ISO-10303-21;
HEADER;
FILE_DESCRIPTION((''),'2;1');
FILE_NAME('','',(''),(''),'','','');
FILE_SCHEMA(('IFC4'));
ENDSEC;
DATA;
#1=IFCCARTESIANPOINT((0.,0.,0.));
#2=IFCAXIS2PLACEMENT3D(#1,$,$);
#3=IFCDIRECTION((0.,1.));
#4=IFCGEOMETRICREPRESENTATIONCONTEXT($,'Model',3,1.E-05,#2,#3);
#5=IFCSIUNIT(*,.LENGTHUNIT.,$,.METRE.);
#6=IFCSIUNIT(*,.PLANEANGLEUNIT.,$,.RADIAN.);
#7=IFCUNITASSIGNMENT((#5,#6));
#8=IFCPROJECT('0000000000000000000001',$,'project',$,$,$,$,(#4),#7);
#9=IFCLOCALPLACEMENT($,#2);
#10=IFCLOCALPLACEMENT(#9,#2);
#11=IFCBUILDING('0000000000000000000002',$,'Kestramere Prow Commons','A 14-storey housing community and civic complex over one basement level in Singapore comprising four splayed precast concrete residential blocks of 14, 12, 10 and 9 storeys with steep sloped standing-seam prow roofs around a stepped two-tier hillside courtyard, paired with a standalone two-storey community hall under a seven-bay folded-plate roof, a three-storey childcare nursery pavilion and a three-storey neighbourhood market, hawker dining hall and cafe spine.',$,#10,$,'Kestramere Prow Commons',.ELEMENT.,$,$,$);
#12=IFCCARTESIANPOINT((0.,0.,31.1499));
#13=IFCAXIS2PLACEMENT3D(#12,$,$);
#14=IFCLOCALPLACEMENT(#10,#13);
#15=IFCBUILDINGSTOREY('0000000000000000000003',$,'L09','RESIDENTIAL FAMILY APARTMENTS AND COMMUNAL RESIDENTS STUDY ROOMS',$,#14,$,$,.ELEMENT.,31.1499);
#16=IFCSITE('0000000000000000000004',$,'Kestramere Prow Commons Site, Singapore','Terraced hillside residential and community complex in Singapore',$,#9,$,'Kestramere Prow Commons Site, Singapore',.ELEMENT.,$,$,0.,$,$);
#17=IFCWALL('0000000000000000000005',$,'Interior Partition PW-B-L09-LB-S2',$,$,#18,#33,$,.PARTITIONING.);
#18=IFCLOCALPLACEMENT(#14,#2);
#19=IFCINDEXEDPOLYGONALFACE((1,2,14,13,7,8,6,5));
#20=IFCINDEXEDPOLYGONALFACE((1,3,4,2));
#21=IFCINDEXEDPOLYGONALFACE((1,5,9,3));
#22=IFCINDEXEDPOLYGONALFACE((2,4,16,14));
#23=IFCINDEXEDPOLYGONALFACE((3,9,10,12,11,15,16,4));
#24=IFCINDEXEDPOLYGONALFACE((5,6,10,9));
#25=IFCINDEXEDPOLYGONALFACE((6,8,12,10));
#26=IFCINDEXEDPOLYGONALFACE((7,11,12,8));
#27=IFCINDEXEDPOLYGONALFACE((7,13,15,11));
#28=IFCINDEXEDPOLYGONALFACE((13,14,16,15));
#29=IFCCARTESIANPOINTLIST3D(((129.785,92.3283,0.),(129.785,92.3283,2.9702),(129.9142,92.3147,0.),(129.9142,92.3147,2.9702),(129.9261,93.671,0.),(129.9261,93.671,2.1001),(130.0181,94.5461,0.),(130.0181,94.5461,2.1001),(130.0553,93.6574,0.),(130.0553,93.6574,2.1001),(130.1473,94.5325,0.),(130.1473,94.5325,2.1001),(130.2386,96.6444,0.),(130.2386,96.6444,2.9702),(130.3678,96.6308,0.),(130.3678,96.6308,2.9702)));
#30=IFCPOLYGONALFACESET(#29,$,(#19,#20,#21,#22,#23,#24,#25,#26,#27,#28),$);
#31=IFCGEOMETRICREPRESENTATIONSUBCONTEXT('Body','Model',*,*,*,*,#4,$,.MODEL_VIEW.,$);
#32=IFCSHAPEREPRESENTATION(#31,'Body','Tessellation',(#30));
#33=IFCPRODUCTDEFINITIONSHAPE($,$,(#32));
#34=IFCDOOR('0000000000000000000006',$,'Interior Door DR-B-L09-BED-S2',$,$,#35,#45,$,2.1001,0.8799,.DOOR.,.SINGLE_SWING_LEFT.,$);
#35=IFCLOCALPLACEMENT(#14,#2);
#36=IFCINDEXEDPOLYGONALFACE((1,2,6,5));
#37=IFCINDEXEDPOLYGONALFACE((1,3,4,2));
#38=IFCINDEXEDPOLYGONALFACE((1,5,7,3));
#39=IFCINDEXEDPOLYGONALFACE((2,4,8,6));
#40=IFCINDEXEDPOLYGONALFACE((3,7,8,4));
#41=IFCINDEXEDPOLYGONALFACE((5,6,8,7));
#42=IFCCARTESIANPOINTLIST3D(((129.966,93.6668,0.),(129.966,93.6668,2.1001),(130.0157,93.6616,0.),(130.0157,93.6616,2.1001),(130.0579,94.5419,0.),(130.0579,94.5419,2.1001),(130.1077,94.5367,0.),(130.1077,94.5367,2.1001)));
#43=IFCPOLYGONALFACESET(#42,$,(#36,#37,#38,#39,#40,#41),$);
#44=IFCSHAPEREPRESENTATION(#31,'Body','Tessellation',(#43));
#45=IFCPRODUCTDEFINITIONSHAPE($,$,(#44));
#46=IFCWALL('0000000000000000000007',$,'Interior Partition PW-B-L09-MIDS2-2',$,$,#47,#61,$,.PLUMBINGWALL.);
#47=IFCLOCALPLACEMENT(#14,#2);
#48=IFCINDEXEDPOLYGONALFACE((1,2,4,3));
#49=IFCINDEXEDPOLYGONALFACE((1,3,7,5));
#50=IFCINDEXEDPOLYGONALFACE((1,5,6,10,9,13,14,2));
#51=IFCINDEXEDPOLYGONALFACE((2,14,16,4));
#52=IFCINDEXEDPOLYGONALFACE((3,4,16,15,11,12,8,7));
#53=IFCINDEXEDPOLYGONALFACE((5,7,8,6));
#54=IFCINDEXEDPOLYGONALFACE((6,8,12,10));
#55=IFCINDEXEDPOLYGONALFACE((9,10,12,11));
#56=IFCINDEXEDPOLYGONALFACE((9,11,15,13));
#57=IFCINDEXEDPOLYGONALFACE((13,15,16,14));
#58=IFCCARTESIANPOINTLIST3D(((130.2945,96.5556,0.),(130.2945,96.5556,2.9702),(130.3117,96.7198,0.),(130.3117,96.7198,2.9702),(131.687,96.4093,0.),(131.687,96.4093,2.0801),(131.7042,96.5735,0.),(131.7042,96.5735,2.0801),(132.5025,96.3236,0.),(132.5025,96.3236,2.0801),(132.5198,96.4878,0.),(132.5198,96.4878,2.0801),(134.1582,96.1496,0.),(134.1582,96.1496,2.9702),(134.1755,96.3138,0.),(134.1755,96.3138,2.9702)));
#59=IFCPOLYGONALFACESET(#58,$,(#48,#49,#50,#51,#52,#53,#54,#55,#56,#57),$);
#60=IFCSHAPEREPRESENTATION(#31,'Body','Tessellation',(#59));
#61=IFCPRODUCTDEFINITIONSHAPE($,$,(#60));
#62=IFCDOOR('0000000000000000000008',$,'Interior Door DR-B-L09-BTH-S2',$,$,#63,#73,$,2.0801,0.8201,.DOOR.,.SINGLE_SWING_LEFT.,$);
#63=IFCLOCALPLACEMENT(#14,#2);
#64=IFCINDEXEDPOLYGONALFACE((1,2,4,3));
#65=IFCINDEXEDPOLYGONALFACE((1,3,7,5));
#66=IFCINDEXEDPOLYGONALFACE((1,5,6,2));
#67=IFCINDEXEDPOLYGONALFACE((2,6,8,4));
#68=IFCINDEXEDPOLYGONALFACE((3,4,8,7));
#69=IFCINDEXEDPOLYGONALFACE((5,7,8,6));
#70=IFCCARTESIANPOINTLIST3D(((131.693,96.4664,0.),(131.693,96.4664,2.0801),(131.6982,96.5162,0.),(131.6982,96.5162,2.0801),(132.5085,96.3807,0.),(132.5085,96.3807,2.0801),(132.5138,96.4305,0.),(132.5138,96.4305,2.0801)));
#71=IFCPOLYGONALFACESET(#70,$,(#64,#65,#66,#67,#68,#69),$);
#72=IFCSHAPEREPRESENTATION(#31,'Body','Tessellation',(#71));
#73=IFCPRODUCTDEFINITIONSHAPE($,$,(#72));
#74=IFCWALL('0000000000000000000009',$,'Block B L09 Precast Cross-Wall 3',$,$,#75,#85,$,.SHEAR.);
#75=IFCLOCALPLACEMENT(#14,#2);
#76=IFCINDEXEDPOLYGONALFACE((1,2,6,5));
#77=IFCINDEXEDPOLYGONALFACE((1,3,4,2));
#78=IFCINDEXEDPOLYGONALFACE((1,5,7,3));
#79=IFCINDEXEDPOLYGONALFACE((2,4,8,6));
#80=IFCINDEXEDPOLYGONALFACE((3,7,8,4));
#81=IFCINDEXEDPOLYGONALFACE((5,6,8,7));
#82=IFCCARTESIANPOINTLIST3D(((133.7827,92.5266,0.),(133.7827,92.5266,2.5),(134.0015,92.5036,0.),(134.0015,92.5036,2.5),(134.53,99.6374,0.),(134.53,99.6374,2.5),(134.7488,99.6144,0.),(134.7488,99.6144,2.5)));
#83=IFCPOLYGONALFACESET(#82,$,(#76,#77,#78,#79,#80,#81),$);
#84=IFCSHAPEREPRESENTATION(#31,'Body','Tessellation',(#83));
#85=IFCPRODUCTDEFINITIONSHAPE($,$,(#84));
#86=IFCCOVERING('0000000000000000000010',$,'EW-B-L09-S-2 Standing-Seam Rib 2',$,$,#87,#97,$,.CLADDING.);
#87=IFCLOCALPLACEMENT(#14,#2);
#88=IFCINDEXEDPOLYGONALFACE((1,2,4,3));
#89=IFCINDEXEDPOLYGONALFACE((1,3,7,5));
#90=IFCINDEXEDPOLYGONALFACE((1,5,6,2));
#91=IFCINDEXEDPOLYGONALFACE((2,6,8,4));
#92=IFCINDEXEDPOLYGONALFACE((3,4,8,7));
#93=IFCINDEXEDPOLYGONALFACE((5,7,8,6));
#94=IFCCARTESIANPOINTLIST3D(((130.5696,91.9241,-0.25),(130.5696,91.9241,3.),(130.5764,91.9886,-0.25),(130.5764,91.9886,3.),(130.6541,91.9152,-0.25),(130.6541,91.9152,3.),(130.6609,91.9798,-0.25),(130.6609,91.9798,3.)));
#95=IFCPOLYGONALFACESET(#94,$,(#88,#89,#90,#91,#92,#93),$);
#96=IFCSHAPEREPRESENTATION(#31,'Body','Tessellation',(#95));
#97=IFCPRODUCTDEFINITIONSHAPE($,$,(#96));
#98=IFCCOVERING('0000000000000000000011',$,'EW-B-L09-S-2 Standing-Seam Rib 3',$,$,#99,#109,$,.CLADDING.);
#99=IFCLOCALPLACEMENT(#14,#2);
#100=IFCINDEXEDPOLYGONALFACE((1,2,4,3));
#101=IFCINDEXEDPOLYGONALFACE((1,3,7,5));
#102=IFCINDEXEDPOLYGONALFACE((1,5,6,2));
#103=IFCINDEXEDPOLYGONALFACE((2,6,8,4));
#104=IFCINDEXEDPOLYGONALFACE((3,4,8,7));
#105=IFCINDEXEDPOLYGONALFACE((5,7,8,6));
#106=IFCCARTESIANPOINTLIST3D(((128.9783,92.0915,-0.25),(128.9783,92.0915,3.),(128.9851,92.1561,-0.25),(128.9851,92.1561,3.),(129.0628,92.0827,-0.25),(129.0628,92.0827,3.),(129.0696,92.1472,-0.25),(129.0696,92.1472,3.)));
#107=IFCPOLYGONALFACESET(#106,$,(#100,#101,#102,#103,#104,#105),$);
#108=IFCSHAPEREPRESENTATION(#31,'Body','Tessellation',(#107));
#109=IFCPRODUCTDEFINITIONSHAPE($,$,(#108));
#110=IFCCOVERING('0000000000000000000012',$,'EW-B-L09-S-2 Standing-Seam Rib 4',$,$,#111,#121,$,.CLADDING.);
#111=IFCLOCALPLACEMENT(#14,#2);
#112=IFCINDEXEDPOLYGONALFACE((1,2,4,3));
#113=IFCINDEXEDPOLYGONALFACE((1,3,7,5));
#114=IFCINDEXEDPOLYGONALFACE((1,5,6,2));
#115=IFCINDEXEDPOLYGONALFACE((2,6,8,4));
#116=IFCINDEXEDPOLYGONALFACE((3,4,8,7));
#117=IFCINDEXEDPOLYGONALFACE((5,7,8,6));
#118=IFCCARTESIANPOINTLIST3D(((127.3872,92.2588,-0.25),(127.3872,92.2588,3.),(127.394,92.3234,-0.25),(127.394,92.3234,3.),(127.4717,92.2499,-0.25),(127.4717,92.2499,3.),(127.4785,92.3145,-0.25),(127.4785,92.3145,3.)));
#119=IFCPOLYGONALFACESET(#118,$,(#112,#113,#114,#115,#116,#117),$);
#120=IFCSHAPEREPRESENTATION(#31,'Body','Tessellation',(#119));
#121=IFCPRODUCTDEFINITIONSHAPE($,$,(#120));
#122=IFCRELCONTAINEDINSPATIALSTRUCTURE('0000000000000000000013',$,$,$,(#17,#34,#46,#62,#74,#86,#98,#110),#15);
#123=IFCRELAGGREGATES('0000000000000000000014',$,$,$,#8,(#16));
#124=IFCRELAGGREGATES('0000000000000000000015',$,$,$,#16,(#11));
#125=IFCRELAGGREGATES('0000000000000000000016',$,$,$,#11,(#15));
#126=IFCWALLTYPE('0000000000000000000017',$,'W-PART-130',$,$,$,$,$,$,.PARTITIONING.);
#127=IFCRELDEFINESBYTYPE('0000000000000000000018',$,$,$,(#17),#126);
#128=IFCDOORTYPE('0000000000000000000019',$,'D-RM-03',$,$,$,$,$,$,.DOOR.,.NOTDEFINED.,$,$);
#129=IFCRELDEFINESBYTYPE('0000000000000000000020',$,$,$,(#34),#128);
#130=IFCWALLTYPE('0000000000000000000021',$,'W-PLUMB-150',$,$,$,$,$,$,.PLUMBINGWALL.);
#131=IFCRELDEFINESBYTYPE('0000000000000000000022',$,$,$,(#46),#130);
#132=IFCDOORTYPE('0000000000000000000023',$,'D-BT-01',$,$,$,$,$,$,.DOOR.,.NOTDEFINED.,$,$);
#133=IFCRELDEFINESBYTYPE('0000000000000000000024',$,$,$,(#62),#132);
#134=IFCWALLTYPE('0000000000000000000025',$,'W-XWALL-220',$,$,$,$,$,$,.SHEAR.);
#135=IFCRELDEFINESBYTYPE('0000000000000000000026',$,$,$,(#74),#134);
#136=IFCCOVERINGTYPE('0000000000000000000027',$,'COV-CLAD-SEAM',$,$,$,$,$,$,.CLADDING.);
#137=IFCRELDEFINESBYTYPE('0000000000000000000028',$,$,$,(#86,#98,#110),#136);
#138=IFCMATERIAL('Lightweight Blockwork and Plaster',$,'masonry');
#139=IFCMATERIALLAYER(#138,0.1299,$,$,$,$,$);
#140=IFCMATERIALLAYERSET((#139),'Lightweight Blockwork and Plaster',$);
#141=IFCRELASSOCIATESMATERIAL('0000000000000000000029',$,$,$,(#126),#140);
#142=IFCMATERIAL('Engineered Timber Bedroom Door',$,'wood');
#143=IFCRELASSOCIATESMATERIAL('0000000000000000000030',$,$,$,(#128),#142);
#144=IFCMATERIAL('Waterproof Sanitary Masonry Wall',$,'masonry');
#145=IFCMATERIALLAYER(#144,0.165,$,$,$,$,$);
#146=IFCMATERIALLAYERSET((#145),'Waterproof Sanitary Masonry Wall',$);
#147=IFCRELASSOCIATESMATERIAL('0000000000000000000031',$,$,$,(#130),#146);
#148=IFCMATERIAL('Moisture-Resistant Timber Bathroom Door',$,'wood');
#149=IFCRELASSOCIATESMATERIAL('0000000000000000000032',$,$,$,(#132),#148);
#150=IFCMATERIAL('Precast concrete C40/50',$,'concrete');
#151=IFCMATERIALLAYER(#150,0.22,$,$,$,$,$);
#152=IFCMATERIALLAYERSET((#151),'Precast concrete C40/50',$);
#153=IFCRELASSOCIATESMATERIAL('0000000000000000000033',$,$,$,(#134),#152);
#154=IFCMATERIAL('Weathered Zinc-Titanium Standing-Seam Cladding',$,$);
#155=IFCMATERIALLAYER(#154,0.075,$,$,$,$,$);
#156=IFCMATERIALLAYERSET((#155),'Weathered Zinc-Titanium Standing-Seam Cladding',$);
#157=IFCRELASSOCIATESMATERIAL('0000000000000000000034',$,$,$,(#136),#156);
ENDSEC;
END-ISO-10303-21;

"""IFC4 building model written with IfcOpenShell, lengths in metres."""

from ifc_helpers import new_model, si_unit, direction, frame, frame_2d, origin, origin_2d, place, context, subcontext, project, spatial, rectangle, extrude, material, layer, layer_set, type_object, element, fill, save


model = new_model("IFC4")

# Units and contexts
model_context = context("Model", 3, precision=1e-05, world=origin(), true_north=direction((0.0, 1.0)))
body_context = subcontext(model_context, "Body", "Model", "MODEL_VIEW")
ifc_project = project(units=[si_unit("LENGTHUNIT", "METRE"), si_unit("PLANEANGLEUNIT", "RADIAN")], contexts=[model_context])

# Site, building, storey
site_placement = place(None, origin())
site = spatial("IfcSite", under=ifc_project, at=site_placement, Name="Kestramere Prow Commons Site, Singapore", Description="Terraced hillside residential and community complex in Singapore", LongName="Kestramere Prow Commons Site, Singapore", CompositionType="ELEMENT", RefElevation=0.0)
building_placement = place(site_placement, origin())
building = spatial("IfcBuilding", under=site, at=building_placement, Name="Kestramere Prow Commons", Description="A 14-storey housing community and civic complex over one basement level in Singapore comprising four splayed precast concrete residential blocks of 14, 12, 10 and 9 storeys with steep sloped standing-seam prow roofs around a stepped two-tier hillside courtyard, paired with a standalone two-storey community hall under a seven-bay folded-plate roof, a three-storey childcare nursery pavilion and a three-storey neighbourhood market, hawker dining hall and cafe spine.", LongName="Kestramere Prow Commons", CompositionType="ELEMENT")
storey_placement = place(building_placement, frame((0.0, 0.0, 31.1499)))
storey = spatial("IfcBuildingStorey", under=building, at=storey_placement, Name="L09", Description="RESIDENTIAL FAMILY APARTMENTS AND COMMUNAL RESIDENTS STUDY ROOMS", CompositionType="ELEMENT", Elevation=31.1499)

# Shared definitions
ifc_material_1 = material(Name="Precast concrete C40/50", Category="concrete")

# Walls, openings, doors
ifc_material_2 = material(Name="Lightweight Blockwork and Plaster", Category="masonry")
ifc_layer_1 = layer(ifc_material_2, 0.1299)
ifc_layer_set_1 = layer_set([ifc_layer_1], Name="Lightweight Blockwork and Plaster")
wall_type_1 = type_object("IfcWallType", Name="W-PART-130", PredefinedType="PARTITIONING", material=ifc_layer_set_1)
wall_1_placement = place(storey_placement, frame((129.8496, 92.3215, 0.0), z_axis=(0.0, 0.0, 1.0), x_axis=(0.104521, 0.994523, 0.0)))
wall_1 = element("IfcWall", 1, at=wall_1_placement, inside=storey, type_object=wall_type_1, Name="Interior Partition PW-B-L09-LB-S2", PredefinedType="PARTITIONING", context=body_context, shape_type="SweptSolid", body=[
    extrude(rectangle(XDim=4.3398, YDim=0.1299, at=frame_2d((2.1699, 0.0))), origin(), (0.0, 0.0, 1.0), 2.9702),
])
opening_1_placement = place(wall_1_placement, frame((1.3501, 0.0, 0.0)))
opening_1 = element("IfcOpeningElement", 2, at=opening_1_placement, cuts=wall_1, PredefinedType="OPENING", context=body_context, shape_type="SweptSolid", body=[
    extrude(rectangle(XDim=0.8799, YDim=2.1001, at=frame_2d((0.4399, 1.05))), frame((0.0, 0.0798, 0.0), z_axis=(0.0, -1.0, 0.0), x_axis=(1.0, 0.0, 0.0)), (0.0, 0.0, 1.0), 0.1599),
])
ifc_material_3 = material(Name="Engineered Timber Bedroom Door", Category="wood")
door_type_1 = type_object("IfcDoorType", Name="D-RM-03", OperationType="NOTDEFINED", PredefinedType="DOOR", material=ifc_material_3)
door_1_placement = place(opening_1_placement, origin())
door_1 = element("IfcDoor", 3, at=door_1_placement, inside=storey, type_object=door_type_1, Name="Interior Door DR-B-L09-BED-S2", OperationType="SINGLE_SWING_LEFT", OverallHeight=2.1001, OverallWidth=0.8799, PredefinedType="DOOR", context=body_context, shape_type="SweptSolid", body=[
    extrude(rectangle(XDim=0.8799, YDim=2.1001, at=frame_2d((0.4399, 1.05))), frame((0.0, 0.0249, 0.0), z_axis=(0.0, -1.0, 0.0), x_axis=(1.0, 0.0, 0.0)), (0.0, 0.0, 1.0), 0.05),
])
fill(opening_1, door_1)
ifc_material_4 = material(Name="Waterproof Sanitary Masonry Wall", Category="masonry")
ifc_layer_2 = layer(ifc_material_4, 0.165)
ifc_layer_set_2 = layer_set([ifc_layer_2], Name="Waterproof Sanitary Masonry Wall")
wall_type_2 = type_object("IfcWallType", Name="W-PLUMB-150", PredefinedType="PLUMBINGWALL", material=ifc_layer_set_2)
wall_2_placement = place(storey_placement, frame((130.3032, 96.6377, 0.0), z_axis=(0.0, 0.0, 1.0), x_axis=(0.994524, -0.104505, 0.0)))
wall_2 = element("IfcWall", 4, at=wall_2_placement, inside=storey, type_object=wall_type_2, Name="Interior Partition PW-B-L09-MIDS2-2", PredefinedType="PLUMBINGWALL", context=body_context, shape_type="SweptSolid", body=[
    extrude(rectangle(XDim=3.885, YDim=0.165, at=frame_2d((1.9424, 0.0))), origin(), (0.0, 0.0, 1.0), 2.9702),
])
opening_2_placement = place(wall_2_placement, frame((1.3999, 0.0, 0.0)))
opening_2 = element("IfcOpeningElement", 5, at=opening_2_placement, cuts=wall_2, PredefinedType="OPENING", context=body_context, shape_type="SweptSolid", body=[
    extrude(rectangle(XDim=0.8201, YDim=2.0801, at=frame_2d((0.4102, 1.04))), frame((0.0, 0.0974, 0.0), z_axis=(0.0, -1.0, 0.0), x_axis=(1.0, 0.0, 0.0)), (0.0, 0.0, 1.0), 0.1951),
])
ifc_material_5 = material(Name="Moisture-Resistant Timber Bathroom Door", Category="wood")
door_type_2 = type_object("IfcDoorType", Name="D-BT-01", OperationType="NOTDEFINED", PredefinedType="DOOR", material=ifc_material_5)
door_2_placement = place(opening_2_placement, origin())
door_2 = element("IfcDoor", 6, at=door_2_placement, inside=storey, type_object=door_type_2, Name="Interior Door DR-B-L09-BTH-S2", OperationType="SINGLE_SWING_LEFT", OverallHeight=2.0801, OverallWidth=0.8201, PredefinedType="DOOR", context=body_context, shape_type="SweptSolid", body=[
    extrude(rectangle(XDim=0.8201, YDim=2.0801, at=frame_2d((0.4102, 1.04))), frame((0.0, 0.0249, 0.0), z_axis=(0.0, -1.0, 0.0), x_axis=(1.0, 0.0, 0.0)), (0.0, 0.0, 1.0), 0.05),
])
fill(opening_2, door_2)

# Wall
ifc_layer_3 = layer(ifc_material_1, 0.22)
ifc_layer_set_3 = layer_set([ifc_layer_3], Name="Precast concrete C40/50")
wall_type_3 = type_object("IfcWallType", Name="W-XWALL-220", PredefinedType="SHEAR", material=ifc_layer_set_3)
wall_3_placement = place(storey_placement, frame((133.8921, 92.5151, 0.0), z_axis=(0.0, 0.0, 1.0), x_axis=(0.104519, 0.994523, 0.0)))
element("IfcWall", 7, at=wall_3_placement, inside=storey, type_object=wall_type_3, Name="Block B L09 Precast Cross-Wall 3", PredefinedType="SHEAR", context=body_context, shape_type="SweptSolid", body=[
    extrude(rectangle(XDim=7.1499, YDim=0.22, at=frame_2d((3.575, 0.0))), origin(), (0.0, 0.0, 1.0), 2.5),
])

# Coverings
ifc_material_6 = material(Name="Weathered Zinc-Titanium Standing-Seam Cladding")
ifc_layer_4 = layer(ifc_material_6, 0.075)
ifc_layer_set_4 = layer_set([ifc_layer_4], Name="Weathered Zinc-Titanium Standing-Seam Cladding")
covering_type = type_object("IfcCoveringType", Name="COV-CLAD-SEAM", PredefinedType="CLADDING", material=ifc_layer_set_4)
for number, where, z_axis, x_axis, name in (
    (8, (130.6152, 91.9519, -0.25), (0.0, 0.0, 1.0), (-0.994522, 0.104528, 0.0), "EW-B-L09-S-2 Standing-Seam Rib 2"),
    (9, (129.0239, 92.1194, -0.25), (0.0, 0.0, 1.0), (-0.994522, 0.104528, 0.0), "EW-B-L09-S-2 Standing-Seam Rib 3"),
    (10, (127.4329, 92.2866, -0.25), (0.0, 0.0, 1.0), (-0.994522, 0.104528, 0.0), "EW-B-L09-S-2 Standing-Seam Rib 4"),
):
    element("IfcCovering", number, at=place(storey_placement, frame(where, z_axis=z_axis, x_axis=x_axis)), inside=storey, type_object=covering_type, Name=name, PredefinedType="CLADDING", context=body_context, shape_type="SweptSolid", body=[
        extrude(rectangle(XDim=0.085, YDim=0.0649, at=origin_2d()), origin(), (0.0, 0.0, 1.0), 3.25),
    ])

save(model, "model.ifc")
